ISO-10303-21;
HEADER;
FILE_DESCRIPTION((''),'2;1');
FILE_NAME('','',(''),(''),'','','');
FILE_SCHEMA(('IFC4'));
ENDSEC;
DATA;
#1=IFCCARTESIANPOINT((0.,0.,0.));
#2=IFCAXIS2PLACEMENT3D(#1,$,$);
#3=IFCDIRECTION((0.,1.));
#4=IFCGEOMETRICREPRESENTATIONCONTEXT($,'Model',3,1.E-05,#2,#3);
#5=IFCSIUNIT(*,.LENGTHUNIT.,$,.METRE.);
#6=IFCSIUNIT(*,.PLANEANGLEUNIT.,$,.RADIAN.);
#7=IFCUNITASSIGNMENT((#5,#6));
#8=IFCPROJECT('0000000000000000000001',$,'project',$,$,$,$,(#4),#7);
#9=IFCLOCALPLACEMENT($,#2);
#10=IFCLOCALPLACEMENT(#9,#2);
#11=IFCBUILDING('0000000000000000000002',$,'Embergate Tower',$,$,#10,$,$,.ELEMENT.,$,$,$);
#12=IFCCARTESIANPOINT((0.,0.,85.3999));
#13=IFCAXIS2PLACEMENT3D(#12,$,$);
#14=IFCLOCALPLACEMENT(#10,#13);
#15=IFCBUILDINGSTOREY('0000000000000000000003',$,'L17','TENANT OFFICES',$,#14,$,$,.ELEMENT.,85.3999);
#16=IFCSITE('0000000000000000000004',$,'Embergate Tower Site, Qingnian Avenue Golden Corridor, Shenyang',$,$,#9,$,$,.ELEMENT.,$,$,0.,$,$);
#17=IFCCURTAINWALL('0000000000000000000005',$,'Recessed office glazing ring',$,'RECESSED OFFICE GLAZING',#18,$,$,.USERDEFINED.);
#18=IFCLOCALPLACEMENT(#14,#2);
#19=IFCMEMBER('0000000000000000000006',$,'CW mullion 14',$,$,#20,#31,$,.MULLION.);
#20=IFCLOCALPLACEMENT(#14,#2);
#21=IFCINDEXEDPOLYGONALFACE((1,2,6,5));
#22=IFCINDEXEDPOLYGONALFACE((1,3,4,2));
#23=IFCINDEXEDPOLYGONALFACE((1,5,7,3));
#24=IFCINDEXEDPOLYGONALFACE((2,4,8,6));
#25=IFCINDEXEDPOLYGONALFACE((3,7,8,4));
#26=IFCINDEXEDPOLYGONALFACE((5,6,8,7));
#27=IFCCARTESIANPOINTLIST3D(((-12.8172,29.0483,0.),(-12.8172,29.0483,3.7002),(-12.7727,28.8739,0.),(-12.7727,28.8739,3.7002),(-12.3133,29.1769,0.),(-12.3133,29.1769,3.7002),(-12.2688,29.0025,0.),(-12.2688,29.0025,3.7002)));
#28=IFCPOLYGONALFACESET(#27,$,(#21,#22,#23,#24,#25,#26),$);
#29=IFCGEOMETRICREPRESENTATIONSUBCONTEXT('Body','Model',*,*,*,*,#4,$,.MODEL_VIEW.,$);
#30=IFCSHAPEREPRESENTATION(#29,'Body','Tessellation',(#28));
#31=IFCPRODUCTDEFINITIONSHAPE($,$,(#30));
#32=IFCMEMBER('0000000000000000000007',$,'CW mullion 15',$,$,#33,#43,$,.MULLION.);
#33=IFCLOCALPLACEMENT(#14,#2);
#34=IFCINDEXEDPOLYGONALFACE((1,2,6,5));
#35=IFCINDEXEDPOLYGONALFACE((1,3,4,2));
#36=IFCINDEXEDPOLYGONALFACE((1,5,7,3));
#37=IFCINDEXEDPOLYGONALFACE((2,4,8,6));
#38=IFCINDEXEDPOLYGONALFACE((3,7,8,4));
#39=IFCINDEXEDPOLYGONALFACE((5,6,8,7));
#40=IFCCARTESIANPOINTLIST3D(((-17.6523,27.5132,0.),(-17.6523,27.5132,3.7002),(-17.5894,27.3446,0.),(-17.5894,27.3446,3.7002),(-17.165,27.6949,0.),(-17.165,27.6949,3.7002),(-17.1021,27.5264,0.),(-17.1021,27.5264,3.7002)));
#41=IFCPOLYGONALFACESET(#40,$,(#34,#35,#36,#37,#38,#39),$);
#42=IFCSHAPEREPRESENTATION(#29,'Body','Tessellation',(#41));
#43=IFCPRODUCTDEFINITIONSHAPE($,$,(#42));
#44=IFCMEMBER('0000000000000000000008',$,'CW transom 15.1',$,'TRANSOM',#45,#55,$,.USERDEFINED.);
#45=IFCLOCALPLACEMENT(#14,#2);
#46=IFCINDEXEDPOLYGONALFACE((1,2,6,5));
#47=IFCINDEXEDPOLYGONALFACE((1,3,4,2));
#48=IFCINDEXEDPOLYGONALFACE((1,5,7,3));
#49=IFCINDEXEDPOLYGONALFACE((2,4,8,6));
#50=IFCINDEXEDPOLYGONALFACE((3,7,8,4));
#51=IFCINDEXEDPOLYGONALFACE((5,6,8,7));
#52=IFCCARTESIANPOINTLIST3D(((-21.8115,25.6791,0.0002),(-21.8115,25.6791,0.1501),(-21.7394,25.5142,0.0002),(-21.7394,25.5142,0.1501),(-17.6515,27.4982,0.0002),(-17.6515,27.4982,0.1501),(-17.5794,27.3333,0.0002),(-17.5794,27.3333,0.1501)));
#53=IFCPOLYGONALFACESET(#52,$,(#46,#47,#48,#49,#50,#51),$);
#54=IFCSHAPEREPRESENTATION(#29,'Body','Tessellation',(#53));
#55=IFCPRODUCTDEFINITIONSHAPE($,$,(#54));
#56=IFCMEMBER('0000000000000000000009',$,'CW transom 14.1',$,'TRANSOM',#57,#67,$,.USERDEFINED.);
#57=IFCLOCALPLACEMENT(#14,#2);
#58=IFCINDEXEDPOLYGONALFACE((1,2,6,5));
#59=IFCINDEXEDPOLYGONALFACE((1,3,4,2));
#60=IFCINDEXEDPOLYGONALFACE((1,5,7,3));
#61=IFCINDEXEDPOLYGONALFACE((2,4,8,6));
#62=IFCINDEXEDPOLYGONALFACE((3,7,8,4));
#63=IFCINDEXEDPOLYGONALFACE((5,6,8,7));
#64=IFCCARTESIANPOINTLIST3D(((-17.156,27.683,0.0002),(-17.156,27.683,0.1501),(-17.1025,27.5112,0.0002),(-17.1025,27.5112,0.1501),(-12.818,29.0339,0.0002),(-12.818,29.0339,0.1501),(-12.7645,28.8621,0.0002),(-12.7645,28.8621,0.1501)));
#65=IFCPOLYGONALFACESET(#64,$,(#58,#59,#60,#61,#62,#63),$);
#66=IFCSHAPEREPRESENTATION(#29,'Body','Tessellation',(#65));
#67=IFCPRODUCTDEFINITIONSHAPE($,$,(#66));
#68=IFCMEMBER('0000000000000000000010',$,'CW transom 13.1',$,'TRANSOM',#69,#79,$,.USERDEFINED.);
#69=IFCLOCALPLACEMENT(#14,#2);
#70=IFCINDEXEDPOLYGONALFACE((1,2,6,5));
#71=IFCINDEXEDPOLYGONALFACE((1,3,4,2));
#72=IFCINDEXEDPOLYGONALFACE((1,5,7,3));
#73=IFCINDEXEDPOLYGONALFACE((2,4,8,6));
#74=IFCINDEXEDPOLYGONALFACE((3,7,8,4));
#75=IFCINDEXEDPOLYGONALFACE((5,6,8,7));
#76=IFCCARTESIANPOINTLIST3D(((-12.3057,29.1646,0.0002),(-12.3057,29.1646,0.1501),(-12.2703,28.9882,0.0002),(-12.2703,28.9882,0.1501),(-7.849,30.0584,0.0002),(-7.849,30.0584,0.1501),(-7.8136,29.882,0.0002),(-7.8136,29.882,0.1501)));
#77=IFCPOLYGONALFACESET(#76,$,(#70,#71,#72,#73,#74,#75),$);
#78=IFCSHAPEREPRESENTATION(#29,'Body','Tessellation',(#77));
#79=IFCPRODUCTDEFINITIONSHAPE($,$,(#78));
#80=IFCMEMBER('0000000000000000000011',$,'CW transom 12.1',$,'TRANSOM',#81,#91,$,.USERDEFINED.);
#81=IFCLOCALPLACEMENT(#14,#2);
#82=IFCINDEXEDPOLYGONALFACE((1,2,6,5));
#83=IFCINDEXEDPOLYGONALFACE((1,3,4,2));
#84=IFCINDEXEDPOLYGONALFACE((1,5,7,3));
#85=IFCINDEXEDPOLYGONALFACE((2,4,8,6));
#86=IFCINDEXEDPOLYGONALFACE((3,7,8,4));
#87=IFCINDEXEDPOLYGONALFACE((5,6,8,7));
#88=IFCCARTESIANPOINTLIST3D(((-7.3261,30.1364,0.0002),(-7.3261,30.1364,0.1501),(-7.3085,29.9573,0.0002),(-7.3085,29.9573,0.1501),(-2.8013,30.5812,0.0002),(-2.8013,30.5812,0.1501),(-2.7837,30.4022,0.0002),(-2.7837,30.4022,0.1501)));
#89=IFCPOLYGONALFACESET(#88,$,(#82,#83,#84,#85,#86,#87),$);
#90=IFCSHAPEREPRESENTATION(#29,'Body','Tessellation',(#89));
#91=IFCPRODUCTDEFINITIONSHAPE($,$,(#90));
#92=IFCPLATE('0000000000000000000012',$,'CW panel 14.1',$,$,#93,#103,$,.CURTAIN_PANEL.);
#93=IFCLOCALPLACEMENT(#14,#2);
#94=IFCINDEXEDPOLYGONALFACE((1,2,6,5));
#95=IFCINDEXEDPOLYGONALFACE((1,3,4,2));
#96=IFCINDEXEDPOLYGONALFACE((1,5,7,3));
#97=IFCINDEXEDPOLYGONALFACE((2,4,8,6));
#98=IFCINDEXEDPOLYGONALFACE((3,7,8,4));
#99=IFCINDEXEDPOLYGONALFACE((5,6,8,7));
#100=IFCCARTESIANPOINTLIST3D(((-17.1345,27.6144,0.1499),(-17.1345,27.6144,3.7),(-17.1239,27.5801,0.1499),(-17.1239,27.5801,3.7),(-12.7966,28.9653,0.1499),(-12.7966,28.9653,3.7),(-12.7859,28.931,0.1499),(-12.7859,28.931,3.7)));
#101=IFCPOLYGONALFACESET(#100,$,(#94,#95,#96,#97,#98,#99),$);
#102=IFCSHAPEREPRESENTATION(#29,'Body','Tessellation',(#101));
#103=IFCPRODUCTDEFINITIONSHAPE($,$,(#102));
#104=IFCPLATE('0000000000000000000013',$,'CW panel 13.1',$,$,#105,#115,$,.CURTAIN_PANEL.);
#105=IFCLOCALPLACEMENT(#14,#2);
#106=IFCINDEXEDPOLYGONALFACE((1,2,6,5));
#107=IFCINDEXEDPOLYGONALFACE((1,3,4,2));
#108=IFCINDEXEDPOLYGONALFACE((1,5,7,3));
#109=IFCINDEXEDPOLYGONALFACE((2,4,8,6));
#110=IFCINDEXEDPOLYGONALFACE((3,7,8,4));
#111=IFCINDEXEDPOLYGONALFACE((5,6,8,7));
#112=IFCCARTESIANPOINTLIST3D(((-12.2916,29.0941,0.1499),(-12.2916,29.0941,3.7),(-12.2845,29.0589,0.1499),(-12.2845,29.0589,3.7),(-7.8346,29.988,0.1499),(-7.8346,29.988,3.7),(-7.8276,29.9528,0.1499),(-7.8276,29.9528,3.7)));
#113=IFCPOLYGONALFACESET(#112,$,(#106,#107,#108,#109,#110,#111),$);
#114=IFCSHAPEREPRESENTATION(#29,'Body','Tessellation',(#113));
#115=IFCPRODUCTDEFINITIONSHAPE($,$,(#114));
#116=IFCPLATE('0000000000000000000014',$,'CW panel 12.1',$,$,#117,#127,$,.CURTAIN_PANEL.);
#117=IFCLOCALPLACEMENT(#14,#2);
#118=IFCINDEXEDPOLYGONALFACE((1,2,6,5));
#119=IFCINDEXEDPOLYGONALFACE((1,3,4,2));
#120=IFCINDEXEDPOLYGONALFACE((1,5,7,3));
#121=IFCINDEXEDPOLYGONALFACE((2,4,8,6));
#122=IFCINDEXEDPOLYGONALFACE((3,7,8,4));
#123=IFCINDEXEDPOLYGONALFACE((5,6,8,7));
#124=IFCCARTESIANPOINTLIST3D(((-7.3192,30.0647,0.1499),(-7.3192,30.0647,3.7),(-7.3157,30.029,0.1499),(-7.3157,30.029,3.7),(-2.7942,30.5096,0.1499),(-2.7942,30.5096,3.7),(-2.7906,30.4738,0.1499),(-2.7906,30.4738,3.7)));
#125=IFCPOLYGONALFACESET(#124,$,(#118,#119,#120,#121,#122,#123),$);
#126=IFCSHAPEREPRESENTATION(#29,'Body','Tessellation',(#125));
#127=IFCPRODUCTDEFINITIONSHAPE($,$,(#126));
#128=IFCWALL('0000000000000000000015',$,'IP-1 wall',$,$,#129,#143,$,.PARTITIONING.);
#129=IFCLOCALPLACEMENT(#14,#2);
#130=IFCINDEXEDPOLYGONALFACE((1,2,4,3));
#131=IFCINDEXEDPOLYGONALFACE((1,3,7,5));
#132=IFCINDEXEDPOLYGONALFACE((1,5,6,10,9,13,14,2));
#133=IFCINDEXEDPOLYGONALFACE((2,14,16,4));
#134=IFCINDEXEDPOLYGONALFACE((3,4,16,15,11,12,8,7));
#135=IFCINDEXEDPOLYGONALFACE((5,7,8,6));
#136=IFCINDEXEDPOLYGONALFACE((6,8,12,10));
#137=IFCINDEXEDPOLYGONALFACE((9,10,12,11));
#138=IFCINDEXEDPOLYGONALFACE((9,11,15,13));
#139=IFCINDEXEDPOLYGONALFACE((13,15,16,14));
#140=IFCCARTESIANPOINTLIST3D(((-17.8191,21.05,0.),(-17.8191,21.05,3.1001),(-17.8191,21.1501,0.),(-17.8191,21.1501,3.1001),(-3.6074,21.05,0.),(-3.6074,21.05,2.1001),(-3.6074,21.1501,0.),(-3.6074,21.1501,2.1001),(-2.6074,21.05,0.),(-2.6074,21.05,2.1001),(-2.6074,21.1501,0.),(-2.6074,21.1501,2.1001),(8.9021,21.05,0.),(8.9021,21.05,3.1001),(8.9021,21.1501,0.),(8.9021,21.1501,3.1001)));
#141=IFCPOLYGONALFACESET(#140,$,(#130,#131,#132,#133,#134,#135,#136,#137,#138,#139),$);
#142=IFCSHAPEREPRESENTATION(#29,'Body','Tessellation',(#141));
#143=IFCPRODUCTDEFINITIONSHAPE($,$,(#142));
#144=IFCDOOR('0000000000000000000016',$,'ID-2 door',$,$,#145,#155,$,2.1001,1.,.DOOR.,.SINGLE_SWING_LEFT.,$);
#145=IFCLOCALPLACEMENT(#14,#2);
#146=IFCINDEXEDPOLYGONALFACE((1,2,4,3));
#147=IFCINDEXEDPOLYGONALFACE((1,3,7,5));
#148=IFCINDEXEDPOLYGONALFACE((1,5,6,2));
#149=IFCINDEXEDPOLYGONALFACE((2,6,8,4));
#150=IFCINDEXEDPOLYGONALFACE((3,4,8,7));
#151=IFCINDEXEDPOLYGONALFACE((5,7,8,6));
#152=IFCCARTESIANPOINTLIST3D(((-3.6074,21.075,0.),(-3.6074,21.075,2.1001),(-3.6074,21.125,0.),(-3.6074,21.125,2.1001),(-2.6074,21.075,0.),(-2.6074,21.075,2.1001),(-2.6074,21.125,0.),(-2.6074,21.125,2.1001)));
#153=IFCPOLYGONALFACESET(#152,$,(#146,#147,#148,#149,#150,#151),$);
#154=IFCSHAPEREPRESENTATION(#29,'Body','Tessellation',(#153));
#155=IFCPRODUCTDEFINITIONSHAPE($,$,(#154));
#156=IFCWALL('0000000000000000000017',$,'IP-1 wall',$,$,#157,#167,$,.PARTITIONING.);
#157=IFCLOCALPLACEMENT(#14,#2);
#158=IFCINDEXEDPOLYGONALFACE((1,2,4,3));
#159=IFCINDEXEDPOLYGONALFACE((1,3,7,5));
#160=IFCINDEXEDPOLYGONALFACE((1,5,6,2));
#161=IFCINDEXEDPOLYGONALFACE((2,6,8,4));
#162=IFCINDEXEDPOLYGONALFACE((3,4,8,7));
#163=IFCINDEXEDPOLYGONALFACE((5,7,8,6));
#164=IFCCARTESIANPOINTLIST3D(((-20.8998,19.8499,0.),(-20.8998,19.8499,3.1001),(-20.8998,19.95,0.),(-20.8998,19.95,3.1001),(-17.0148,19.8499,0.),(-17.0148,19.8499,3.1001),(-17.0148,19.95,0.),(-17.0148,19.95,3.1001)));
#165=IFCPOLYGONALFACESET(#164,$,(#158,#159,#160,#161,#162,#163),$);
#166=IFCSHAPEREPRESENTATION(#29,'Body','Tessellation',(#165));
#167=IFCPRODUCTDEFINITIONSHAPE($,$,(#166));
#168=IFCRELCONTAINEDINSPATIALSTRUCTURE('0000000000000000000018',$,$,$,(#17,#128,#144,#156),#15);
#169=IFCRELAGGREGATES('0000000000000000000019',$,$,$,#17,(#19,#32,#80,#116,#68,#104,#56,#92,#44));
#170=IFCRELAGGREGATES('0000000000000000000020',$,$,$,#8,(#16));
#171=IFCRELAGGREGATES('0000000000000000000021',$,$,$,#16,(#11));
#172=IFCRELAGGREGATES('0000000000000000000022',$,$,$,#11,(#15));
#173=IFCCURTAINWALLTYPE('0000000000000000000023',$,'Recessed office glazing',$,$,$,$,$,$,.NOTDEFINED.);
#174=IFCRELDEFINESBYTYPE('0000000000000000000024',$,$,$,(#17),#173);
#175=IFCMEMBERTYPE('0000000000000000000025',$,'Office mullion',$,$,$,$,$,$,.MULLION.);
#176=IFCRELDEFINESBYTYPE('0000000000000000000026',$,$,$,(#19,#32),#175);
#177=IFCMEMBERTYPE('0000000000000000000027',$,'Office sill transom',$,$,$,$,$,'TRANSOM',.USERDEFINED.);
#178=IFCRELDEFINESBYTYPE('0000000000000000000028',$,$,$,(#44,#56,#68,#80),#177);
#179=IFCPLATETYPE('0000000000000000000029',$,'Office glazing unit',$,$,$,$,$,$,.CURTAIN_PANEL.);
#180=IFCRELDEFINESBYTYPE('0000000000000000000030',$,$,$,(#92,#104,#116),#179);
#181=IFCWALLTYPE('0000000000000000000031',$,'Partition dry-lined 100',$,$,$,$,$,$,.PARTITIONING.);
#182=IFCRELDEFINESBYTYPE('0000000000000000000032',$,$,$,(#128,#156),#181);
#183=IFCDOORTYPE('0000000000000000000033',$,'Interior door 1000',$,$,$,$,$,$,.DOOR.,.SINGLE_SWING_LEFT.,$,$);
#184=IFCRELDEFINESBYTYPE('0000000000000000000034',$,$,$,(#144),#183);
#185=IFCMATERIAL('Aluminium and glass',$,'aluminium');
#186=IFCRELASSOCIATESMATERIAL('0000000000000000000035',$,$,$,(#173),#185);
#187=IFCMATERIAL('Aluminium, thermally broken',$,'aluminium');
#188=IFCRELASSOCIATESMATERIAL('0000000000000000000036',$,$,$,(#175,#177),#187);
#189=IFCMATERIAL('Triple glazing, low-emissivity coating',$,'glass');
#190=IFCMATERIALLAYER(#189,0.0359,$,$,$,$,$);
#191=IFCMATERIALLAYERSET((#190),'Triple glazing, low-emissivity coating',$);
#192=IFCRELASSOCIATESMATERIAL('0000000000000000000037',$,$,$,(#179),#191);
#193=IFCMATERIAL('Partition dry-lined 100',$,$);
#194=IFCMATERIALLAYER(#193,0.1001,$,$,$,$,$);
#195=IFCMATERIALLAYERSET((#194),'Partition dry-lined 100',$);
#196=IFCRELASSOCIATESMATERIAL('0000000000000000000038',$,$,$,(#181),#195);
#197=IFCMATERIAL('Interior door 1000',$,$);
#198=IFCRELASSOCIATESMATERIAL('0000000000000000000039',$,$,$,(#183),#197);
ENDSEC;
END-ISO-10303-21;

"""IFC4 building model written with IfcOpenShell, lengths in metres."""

from ifc_helpers import new_model, si_unit, direction, frame, frame_2d, origin, origin_2d, place, context, subcontext, project, spatial, rectangle, extrude, source, transform, mapped, material, layer, layer_set, material_profile, profile_set, type_object, element, fill, aggregate, save


model = new_model("IFC4")

# Units and contexts
model_context = context("Model", 3, precision=1e-05, world=origin(), true_north=direction((0.0, 1.0)))
body_context = subcontext(model_context, "Body", "Model", "MODEL_VIEW")
ifc_project = project(units=[si_unit("LENGTHUNIT", "METRE"), si_unit("PLANEANGLEUNIT", "RADIAN")], contexts=[model_context])

# Site, building, storey
site_placement = place(None, origin())
site = spatial("IfcSite", under=ifc_project, at=site_placement, Name="Embergate Tower Site, Qingnian Avenue Golden Corridor, Shenyang", CompositionType="ELEMENT", RefElevation=0.0)
building_placement = place(site_placement, origin())
building = spatial("IfcBuilding", under=site, at=building_placement, Name="Embergate Tower", CompositionType="ELEMENT")
storey_placement = place(building_placement, frame((0.0, 0.0, 85.3999)))
storey = spatial("IfcBuildingStorey", under=building, at=storey_placement, Name="L17", Description="TENANT OFFICES", CompositionType="ELEMENT", Elevation=85.3999)

# Curtain wall, members, plates
ifc_material_1 = material(Name="Aluminium and glass", Category="aluminium")
curtain_wall_type = type_object("IfcCurtainWallType", Name="Recessed office glazing", PredefinedType="NOTDEFINED", material=ifc_material_1)
curtain_wall_placement = place(storey_placement, origin())
curtain_wall = element("IfcCurtainWall", 1, at=curtain_wall_placement, inside=storey, type_object=curtain_wall_type, Name="Recessed office glazing ring", ObjectType="RECESSED OFFICE GLAZING", PredefinedType="USERDEFINED")
ifc_material_2 = material(Name="Aluminium, thermally broken", Category="aluminium")
ifc_material_profile_1 = material_profile(ifc_material_2, rectangle(XDim=0.1799, YDim=0.52, at=origin_2d()), Name="AL 520x180")
ifc_profile_set_1 = profile_set([ifc_material_profile_1], Name="Aluminium, thermally broken")
member_type_1 = type_object("IfcMemberType", Name="Office mullion", PredefinedType="MULLION", material=ifc_profile_set_1)
shared_shape_1 = source(origin(), body_context, "Body", "SweptSolid", [
    extrude(rectangle(XDim=0.1799, YDim=0.52, at=origin_2d()), origin(), (0.0, 0.0, 1.0), 3.7002),
])
member_1_placement = place(storey_placement, frame((-12.543, 29.0254, 0.0), z_axis=(0.0, 0.0, 1.0), x_axis=(0.247312, -0.968936, 0.0)))
member_1 = element("IfcMember", 2, at=member_1_placement, type_object=member_type_1, Name="CW mullion 14", PredefinedType="MULLION", context=body_context, shape_type="MappedRepresentation", body=[
    mapped(shared_shape_1, transform((0.0, 0.0, 0.0))),
])
member_2_placement = place(storey_placement, frame((-17.3772, 27.5198, 0.0), z_axis=(0.0, 0.0, 1.0), x_axis=(0.349503, -0.936935, 0.0)))
member_2 = element("IfcMember", 3, at=member_2_placement, type_object=member_type_1, Name="CW mullion 15", PredefinedType="MULLION", context=body_context, shape_type="MappedRepresentation", body=[
    mapped(shared_shape_1, transform((0.0, 0.0, 0.0))),
])
ifc_material_profile_2 = material_profile(ifc_material_2, rectangle(XDim=0.1799, YDim=0.1499, at=origin_2d()), Name="AL 150x180")
ifc_profile_set_2 = profile_set([ifc_material_profile_2], Name="Aluminium, thermally broken")
member_type_2 = type_object("IfcMemberType", Name="Office sill transom", ElementType="TRANSOM", PredefinedType="USERDEFINED", material=ifc_profile_set_2)
shared_shape_2 = source(origin(), body_context, "Body", "SweptSolid", [
    extrude(rectangle(XDim=0.1799, YDim=0.1499, at=origin_2d()), origin(), (0.0, 0.0, 1.0), 4.5403),
])
member_3_placement = place(storey_placement, frame((-17.6155, 27.4158, 0.0752), z_axis=(-0.916228, -0.400658, 0.0), x_axis=(0.400658, -0.916228, 0.0)))
member_3 = element("IfcMember", 4, at=member_3_placement, type_object=member_type_2, Name="CW transom 15.1", ObjectType="TRANSOM", PredefinedType="USERDEFINED", context=body_context, shape_type="MappedRepresentation", body=[
    mapped(shared_shape_2, transform((0.0, 0.0, 0.0))),
])
shared_shape_3 = source(origin(), body_context, "Body", "SweptSolid", [
    extrude(rectangle(XDim=0.1799, YDim=0.1499, at=origin_2d()), origin(), (0.0, 0.0, 1.0), 4.5435),
])
member_4_placement = place(storey_placement, frame((-12.7913, 28.948, 0.0752), z_axis=(-0.954778, -0.29732, 0.0), x_axis=(0.29732, -0.954778, 0.0)))
member_4 = element("IfcMember", 5, at=member_4_placement, type_object=member_type_2, Name="CW transom 14.1", ObjectType="TRANSOM", PredefinedType="USERDEFINED", context=body_context, shape_type="MappedRepresentation", body=[
    mapped(shared_shape_3, transform((0.0, 0.0, 0.0))),
])
shared_shape_4 = source(origin(), body_context, "Body", "SweptSolid", [
    extrude(rectangle(XDim=0.1799, YDim=0.1499, at=origin_2d()), origin(), (0.0, 0.0, 1.0), 4.5454),
])
member_5_placement = place(storey_placement, frame((-7.8313, 29.9702, 0.0752), z_axis=(-0.980477, -0.196633, 0.0), x_axis=(0.196633, -0.980477, 0.0)))
member_5 = element("IfcMember", 6, at=member_5_placement, type_object=member_type_2, Name="CW transom 13.1", ObjectType="TRANSOM", PredefinedType="USERDEFINED", context=body_context, shape_type="MappedRepresentation", body=[
    mapped(shared_shape_4, transform((0.0, 0.0, 0.0))),
])
shared_shape_5 = source(origin(), body_context, "Body", "SweptSolid", [
    extrude(rectangle(XDim=0.1799, YDim=0.1499, at=origin_2d()), origin(), (0.0, 0.0, 1.0), 4.5466),
])
member_6_placement = place(storey_placement, frame((-2.7925, 30.4917, 0.0752), z_axis=(-0.995203, -0.097834, 0.0), x_axis=(0.097834, -0.995203, 0.0)))
member_6 = element("IfcMember", 7, at=member_6_placement, type_object=member_type_2, Name="CW transom 12.1", ObjectType="TRANSOM", PredefinedType="USERDEFINED", context=body_context, shape_type="MappedRepresentation", body=[
    mapped(shared_shape_5, transform((0.0, 0.0, 0.0))),
])
ifc_material_3 = material(Name="Triple glazing, low-emissivity coating", Category="glass")
ifc_layer_1 = layer(ifc_material_3, 0.0359)
ifc_layer_set_1 = layer_set([ifc_layer_1], Name="Triple glazing, low-emissivity coating")
plate_type = type_object("IfcPlateType", Name="Office glazing unit", PredefinedType="CURTAIN_PANEL", material=ifc_layer_set_1)
shared_shape_6 = source(origin(), body_context, "Body", "SweptSolid", [
    extrude(rectangle(XDim=4.5435, YDim=0.0359, at=origin_2d()), origin(), (0.0, 0.0, 1.0), 3.55),
])
plate_1_placement = place(storey_placement, frame((-14.9602, 28.2727, 0.1499), z_axis=(0.0, 0.0, 1.0), x_axis=(-0.954772, -0.297338, 0.0)))
plate_1 = element("IfcPlate", 8, at=plate_1_placement, type_object=plate_type, Name="CW panel 14.1", PredefinedType="CURTAIN_PANEL", context=body_context, shape_type="MappedRepresentation", body=[
    mapped(shared_shape_6, transform((0.0, 0.0, 0.0))),
])
shared_shape_7 = source(origin(), body_context, "Body", "SweptSolid", [
    extrude(rectangle(XDim=4.5457, YDim=0.0359, at=origin_2d()), origin(), (0.0, 0.0, 1.0), 3.55),
])
plate_2_placement = place(storey_placement, frame((-10.0596, 29.5234, 0.1499), z_axis=(0.0, 0.0, 1.0), x_axis=(-0.980476, -0.196639, 0.0)))
plate_2 = element("IfcPlate", 9, at=plate_2_placement, type_object=plate_type, Name="CW panel 13.1", PredefinedType="CURTAIN_PANEL", context=body_context, shape_type="MappedRepresentation", body=[
    mapped(shared_shape_7, transform((0.0, 0.0, 0.0))),
])
shared_shape_8 = source(origin(), body_context, "Body", "SweptSolid", [
    extrude(rectangle(XDim=4.5469, YDim=0.0359, at=origin_2d()), origin(), (0.0, 0.0, 1.0), 3.55),
])
plate_3_placement = place(storey_placement, frame((-5.0549, 30.2693, 0.1499), z_axis=(0.0, 0.0, 1.0), x_axis=(-0.995203, -0.09783, 0.0)))
plate_3 = element("IfcPlate", 10, at=plate_3_placement, type_object=plate_type, Name="CW panel 12.1", PredefinedType="CURTAIN_PANEL", context=body_context, shape_type="MappedRepresentation", body=[
    mapped(shared_shape_8, transform((0.0, 0.0, 0.0))),
])
aggregate(curtain_wall, [member_1, member_2, member_6, plate_3, member_5, plate_2, member_4, plate_1, member_3])

# Wall, opening, door
ifc_material_4 = material(Name="Partition dry-lined 100")
ifc_layer_2 = layer(ifc_material_4, 0.1001)
ifc_layer_set_2 = layer_set([ifc_layer_2], Name="Partition dry-lined 100")
wall_type = type_object("IfcWallType", Name="Partition dry-lined 100", PredefinedType="PARTITIONING", material=ifc_layer_set_2)
shared_shape_9 = source(origin(), body_context, "Body", "SweptSolid", [
    extrude(rectangle(XDim=26.7212, YDim=0.1001, at=frame_2d((13.3606, 0.0))), origin(), (0.0, 0.0, 1.0), 3.1001),
])
wall_1_placement = place(storey_placement, frame((-17.8191, 21.1001, 0.0), z_axis=(0.0, 0.0, 1.0), x_axis=(1.0, 0.0, 0.0)))
wall_1 = element("IfcWall", 11, at=wall_1_placement, inside=storey, type_object=wall_type, Name="IP-1 wall", PredefinedType="PARTITIONING", context=body_context, shape_type="MappedRepresentation", body=[
    mapped(shared_shape_9, transform((0.0, 0.0, 0.0))),
])
shared_shape_10 = source(origin(), body_context, "Body", "SweptSolid", [
    extrude(rectangle(XDim=1.0, YDim=2.1001, at=frame_2d((0.5, 1.05))), frame((0.0, 0.0601, 0.0), z_axis=(0.0, -1.0, 0.0), x_axis=(1.0, 0.0, 0.0)), (0.0, 0.0, 1.0), 0.1201),
])
opening_placement = place(wall_1_placement, frame((14.2117, 0.0, 0.0)))
opening = element("IfcOpeningElement", 12, at=opening_placement, cuts=wall_1, PredefinedType="OPENING", context=body_context, shape_type="MappedRepresentation", body=[
    mapped(shared_shape_10, transform((0.0, 0.0, 0.0))),
])
ifc_material_5 = material(Name="Interior door 1000")
door_type = type_object("IfcDoorType", Name="Interior door 1000", OperationType="SINGLE_SWING_LEFT", PredefinedType="DOOR", material=ifc_material_5)
shared_shape_11 = source(origin(), body_context, "Body", "SweptSolid", [
    extrude(rectangle(XDim=1.0, YDim=2.1001, at=frame_2d((0.5, 1.05))), frame((0.0, 0.0249, 0.0), z_axis=(0.0, -1.0, 0.0), x_axis=(1.0, 0.0, 0.0)), (0.0, 0.0, 1.0), 0.05),
])
door_placement = place(opening_placement, origin())
door = element("IfcDoor", 13, at=door_placement, inside=storey, type_object=door_type, Name="ID-2 door", OperationType="SINGLE_SWING_LEFT", OverallHeight=2.1001, OverallWidth=1.0, PredefinedType="DOOR", context=body_context, shape_type="MappedRepresentation", body=[
    mapped(shared_shape_11, transform((0.0, 0.0, 0.0))),
])
fill(opening, door)

# Wall
shared_shape_12 = source(origin(), body_context, "Body", "SweptSolid", [
    extrude(rectangle(XDim=3.885, YDim=0.1001, at=frame_2d((1.9424, 0.0))), origin(), (0.0, 0.0, 1.0), 3.1001),
])
wall_2_placement = place(storey_placement, frame((-17.0149, 19.8999, 0.0), z_axis=(0.0, 0.0, 1.0), x_axis=(-1.0, 0.0, 0.0)))
element("IfcWall", 14, at=wall_2_placement, inside=storey, type_object=wall_type, Name="IP-1 wall", PredefinedType="PARTITIONING", context=body_context, shape_type="MappedRepresentation", body=[
    mapped(shared_shape_12, transform((0.0, 0.0, 0.0))),
])

save(model, "model.ifc")
